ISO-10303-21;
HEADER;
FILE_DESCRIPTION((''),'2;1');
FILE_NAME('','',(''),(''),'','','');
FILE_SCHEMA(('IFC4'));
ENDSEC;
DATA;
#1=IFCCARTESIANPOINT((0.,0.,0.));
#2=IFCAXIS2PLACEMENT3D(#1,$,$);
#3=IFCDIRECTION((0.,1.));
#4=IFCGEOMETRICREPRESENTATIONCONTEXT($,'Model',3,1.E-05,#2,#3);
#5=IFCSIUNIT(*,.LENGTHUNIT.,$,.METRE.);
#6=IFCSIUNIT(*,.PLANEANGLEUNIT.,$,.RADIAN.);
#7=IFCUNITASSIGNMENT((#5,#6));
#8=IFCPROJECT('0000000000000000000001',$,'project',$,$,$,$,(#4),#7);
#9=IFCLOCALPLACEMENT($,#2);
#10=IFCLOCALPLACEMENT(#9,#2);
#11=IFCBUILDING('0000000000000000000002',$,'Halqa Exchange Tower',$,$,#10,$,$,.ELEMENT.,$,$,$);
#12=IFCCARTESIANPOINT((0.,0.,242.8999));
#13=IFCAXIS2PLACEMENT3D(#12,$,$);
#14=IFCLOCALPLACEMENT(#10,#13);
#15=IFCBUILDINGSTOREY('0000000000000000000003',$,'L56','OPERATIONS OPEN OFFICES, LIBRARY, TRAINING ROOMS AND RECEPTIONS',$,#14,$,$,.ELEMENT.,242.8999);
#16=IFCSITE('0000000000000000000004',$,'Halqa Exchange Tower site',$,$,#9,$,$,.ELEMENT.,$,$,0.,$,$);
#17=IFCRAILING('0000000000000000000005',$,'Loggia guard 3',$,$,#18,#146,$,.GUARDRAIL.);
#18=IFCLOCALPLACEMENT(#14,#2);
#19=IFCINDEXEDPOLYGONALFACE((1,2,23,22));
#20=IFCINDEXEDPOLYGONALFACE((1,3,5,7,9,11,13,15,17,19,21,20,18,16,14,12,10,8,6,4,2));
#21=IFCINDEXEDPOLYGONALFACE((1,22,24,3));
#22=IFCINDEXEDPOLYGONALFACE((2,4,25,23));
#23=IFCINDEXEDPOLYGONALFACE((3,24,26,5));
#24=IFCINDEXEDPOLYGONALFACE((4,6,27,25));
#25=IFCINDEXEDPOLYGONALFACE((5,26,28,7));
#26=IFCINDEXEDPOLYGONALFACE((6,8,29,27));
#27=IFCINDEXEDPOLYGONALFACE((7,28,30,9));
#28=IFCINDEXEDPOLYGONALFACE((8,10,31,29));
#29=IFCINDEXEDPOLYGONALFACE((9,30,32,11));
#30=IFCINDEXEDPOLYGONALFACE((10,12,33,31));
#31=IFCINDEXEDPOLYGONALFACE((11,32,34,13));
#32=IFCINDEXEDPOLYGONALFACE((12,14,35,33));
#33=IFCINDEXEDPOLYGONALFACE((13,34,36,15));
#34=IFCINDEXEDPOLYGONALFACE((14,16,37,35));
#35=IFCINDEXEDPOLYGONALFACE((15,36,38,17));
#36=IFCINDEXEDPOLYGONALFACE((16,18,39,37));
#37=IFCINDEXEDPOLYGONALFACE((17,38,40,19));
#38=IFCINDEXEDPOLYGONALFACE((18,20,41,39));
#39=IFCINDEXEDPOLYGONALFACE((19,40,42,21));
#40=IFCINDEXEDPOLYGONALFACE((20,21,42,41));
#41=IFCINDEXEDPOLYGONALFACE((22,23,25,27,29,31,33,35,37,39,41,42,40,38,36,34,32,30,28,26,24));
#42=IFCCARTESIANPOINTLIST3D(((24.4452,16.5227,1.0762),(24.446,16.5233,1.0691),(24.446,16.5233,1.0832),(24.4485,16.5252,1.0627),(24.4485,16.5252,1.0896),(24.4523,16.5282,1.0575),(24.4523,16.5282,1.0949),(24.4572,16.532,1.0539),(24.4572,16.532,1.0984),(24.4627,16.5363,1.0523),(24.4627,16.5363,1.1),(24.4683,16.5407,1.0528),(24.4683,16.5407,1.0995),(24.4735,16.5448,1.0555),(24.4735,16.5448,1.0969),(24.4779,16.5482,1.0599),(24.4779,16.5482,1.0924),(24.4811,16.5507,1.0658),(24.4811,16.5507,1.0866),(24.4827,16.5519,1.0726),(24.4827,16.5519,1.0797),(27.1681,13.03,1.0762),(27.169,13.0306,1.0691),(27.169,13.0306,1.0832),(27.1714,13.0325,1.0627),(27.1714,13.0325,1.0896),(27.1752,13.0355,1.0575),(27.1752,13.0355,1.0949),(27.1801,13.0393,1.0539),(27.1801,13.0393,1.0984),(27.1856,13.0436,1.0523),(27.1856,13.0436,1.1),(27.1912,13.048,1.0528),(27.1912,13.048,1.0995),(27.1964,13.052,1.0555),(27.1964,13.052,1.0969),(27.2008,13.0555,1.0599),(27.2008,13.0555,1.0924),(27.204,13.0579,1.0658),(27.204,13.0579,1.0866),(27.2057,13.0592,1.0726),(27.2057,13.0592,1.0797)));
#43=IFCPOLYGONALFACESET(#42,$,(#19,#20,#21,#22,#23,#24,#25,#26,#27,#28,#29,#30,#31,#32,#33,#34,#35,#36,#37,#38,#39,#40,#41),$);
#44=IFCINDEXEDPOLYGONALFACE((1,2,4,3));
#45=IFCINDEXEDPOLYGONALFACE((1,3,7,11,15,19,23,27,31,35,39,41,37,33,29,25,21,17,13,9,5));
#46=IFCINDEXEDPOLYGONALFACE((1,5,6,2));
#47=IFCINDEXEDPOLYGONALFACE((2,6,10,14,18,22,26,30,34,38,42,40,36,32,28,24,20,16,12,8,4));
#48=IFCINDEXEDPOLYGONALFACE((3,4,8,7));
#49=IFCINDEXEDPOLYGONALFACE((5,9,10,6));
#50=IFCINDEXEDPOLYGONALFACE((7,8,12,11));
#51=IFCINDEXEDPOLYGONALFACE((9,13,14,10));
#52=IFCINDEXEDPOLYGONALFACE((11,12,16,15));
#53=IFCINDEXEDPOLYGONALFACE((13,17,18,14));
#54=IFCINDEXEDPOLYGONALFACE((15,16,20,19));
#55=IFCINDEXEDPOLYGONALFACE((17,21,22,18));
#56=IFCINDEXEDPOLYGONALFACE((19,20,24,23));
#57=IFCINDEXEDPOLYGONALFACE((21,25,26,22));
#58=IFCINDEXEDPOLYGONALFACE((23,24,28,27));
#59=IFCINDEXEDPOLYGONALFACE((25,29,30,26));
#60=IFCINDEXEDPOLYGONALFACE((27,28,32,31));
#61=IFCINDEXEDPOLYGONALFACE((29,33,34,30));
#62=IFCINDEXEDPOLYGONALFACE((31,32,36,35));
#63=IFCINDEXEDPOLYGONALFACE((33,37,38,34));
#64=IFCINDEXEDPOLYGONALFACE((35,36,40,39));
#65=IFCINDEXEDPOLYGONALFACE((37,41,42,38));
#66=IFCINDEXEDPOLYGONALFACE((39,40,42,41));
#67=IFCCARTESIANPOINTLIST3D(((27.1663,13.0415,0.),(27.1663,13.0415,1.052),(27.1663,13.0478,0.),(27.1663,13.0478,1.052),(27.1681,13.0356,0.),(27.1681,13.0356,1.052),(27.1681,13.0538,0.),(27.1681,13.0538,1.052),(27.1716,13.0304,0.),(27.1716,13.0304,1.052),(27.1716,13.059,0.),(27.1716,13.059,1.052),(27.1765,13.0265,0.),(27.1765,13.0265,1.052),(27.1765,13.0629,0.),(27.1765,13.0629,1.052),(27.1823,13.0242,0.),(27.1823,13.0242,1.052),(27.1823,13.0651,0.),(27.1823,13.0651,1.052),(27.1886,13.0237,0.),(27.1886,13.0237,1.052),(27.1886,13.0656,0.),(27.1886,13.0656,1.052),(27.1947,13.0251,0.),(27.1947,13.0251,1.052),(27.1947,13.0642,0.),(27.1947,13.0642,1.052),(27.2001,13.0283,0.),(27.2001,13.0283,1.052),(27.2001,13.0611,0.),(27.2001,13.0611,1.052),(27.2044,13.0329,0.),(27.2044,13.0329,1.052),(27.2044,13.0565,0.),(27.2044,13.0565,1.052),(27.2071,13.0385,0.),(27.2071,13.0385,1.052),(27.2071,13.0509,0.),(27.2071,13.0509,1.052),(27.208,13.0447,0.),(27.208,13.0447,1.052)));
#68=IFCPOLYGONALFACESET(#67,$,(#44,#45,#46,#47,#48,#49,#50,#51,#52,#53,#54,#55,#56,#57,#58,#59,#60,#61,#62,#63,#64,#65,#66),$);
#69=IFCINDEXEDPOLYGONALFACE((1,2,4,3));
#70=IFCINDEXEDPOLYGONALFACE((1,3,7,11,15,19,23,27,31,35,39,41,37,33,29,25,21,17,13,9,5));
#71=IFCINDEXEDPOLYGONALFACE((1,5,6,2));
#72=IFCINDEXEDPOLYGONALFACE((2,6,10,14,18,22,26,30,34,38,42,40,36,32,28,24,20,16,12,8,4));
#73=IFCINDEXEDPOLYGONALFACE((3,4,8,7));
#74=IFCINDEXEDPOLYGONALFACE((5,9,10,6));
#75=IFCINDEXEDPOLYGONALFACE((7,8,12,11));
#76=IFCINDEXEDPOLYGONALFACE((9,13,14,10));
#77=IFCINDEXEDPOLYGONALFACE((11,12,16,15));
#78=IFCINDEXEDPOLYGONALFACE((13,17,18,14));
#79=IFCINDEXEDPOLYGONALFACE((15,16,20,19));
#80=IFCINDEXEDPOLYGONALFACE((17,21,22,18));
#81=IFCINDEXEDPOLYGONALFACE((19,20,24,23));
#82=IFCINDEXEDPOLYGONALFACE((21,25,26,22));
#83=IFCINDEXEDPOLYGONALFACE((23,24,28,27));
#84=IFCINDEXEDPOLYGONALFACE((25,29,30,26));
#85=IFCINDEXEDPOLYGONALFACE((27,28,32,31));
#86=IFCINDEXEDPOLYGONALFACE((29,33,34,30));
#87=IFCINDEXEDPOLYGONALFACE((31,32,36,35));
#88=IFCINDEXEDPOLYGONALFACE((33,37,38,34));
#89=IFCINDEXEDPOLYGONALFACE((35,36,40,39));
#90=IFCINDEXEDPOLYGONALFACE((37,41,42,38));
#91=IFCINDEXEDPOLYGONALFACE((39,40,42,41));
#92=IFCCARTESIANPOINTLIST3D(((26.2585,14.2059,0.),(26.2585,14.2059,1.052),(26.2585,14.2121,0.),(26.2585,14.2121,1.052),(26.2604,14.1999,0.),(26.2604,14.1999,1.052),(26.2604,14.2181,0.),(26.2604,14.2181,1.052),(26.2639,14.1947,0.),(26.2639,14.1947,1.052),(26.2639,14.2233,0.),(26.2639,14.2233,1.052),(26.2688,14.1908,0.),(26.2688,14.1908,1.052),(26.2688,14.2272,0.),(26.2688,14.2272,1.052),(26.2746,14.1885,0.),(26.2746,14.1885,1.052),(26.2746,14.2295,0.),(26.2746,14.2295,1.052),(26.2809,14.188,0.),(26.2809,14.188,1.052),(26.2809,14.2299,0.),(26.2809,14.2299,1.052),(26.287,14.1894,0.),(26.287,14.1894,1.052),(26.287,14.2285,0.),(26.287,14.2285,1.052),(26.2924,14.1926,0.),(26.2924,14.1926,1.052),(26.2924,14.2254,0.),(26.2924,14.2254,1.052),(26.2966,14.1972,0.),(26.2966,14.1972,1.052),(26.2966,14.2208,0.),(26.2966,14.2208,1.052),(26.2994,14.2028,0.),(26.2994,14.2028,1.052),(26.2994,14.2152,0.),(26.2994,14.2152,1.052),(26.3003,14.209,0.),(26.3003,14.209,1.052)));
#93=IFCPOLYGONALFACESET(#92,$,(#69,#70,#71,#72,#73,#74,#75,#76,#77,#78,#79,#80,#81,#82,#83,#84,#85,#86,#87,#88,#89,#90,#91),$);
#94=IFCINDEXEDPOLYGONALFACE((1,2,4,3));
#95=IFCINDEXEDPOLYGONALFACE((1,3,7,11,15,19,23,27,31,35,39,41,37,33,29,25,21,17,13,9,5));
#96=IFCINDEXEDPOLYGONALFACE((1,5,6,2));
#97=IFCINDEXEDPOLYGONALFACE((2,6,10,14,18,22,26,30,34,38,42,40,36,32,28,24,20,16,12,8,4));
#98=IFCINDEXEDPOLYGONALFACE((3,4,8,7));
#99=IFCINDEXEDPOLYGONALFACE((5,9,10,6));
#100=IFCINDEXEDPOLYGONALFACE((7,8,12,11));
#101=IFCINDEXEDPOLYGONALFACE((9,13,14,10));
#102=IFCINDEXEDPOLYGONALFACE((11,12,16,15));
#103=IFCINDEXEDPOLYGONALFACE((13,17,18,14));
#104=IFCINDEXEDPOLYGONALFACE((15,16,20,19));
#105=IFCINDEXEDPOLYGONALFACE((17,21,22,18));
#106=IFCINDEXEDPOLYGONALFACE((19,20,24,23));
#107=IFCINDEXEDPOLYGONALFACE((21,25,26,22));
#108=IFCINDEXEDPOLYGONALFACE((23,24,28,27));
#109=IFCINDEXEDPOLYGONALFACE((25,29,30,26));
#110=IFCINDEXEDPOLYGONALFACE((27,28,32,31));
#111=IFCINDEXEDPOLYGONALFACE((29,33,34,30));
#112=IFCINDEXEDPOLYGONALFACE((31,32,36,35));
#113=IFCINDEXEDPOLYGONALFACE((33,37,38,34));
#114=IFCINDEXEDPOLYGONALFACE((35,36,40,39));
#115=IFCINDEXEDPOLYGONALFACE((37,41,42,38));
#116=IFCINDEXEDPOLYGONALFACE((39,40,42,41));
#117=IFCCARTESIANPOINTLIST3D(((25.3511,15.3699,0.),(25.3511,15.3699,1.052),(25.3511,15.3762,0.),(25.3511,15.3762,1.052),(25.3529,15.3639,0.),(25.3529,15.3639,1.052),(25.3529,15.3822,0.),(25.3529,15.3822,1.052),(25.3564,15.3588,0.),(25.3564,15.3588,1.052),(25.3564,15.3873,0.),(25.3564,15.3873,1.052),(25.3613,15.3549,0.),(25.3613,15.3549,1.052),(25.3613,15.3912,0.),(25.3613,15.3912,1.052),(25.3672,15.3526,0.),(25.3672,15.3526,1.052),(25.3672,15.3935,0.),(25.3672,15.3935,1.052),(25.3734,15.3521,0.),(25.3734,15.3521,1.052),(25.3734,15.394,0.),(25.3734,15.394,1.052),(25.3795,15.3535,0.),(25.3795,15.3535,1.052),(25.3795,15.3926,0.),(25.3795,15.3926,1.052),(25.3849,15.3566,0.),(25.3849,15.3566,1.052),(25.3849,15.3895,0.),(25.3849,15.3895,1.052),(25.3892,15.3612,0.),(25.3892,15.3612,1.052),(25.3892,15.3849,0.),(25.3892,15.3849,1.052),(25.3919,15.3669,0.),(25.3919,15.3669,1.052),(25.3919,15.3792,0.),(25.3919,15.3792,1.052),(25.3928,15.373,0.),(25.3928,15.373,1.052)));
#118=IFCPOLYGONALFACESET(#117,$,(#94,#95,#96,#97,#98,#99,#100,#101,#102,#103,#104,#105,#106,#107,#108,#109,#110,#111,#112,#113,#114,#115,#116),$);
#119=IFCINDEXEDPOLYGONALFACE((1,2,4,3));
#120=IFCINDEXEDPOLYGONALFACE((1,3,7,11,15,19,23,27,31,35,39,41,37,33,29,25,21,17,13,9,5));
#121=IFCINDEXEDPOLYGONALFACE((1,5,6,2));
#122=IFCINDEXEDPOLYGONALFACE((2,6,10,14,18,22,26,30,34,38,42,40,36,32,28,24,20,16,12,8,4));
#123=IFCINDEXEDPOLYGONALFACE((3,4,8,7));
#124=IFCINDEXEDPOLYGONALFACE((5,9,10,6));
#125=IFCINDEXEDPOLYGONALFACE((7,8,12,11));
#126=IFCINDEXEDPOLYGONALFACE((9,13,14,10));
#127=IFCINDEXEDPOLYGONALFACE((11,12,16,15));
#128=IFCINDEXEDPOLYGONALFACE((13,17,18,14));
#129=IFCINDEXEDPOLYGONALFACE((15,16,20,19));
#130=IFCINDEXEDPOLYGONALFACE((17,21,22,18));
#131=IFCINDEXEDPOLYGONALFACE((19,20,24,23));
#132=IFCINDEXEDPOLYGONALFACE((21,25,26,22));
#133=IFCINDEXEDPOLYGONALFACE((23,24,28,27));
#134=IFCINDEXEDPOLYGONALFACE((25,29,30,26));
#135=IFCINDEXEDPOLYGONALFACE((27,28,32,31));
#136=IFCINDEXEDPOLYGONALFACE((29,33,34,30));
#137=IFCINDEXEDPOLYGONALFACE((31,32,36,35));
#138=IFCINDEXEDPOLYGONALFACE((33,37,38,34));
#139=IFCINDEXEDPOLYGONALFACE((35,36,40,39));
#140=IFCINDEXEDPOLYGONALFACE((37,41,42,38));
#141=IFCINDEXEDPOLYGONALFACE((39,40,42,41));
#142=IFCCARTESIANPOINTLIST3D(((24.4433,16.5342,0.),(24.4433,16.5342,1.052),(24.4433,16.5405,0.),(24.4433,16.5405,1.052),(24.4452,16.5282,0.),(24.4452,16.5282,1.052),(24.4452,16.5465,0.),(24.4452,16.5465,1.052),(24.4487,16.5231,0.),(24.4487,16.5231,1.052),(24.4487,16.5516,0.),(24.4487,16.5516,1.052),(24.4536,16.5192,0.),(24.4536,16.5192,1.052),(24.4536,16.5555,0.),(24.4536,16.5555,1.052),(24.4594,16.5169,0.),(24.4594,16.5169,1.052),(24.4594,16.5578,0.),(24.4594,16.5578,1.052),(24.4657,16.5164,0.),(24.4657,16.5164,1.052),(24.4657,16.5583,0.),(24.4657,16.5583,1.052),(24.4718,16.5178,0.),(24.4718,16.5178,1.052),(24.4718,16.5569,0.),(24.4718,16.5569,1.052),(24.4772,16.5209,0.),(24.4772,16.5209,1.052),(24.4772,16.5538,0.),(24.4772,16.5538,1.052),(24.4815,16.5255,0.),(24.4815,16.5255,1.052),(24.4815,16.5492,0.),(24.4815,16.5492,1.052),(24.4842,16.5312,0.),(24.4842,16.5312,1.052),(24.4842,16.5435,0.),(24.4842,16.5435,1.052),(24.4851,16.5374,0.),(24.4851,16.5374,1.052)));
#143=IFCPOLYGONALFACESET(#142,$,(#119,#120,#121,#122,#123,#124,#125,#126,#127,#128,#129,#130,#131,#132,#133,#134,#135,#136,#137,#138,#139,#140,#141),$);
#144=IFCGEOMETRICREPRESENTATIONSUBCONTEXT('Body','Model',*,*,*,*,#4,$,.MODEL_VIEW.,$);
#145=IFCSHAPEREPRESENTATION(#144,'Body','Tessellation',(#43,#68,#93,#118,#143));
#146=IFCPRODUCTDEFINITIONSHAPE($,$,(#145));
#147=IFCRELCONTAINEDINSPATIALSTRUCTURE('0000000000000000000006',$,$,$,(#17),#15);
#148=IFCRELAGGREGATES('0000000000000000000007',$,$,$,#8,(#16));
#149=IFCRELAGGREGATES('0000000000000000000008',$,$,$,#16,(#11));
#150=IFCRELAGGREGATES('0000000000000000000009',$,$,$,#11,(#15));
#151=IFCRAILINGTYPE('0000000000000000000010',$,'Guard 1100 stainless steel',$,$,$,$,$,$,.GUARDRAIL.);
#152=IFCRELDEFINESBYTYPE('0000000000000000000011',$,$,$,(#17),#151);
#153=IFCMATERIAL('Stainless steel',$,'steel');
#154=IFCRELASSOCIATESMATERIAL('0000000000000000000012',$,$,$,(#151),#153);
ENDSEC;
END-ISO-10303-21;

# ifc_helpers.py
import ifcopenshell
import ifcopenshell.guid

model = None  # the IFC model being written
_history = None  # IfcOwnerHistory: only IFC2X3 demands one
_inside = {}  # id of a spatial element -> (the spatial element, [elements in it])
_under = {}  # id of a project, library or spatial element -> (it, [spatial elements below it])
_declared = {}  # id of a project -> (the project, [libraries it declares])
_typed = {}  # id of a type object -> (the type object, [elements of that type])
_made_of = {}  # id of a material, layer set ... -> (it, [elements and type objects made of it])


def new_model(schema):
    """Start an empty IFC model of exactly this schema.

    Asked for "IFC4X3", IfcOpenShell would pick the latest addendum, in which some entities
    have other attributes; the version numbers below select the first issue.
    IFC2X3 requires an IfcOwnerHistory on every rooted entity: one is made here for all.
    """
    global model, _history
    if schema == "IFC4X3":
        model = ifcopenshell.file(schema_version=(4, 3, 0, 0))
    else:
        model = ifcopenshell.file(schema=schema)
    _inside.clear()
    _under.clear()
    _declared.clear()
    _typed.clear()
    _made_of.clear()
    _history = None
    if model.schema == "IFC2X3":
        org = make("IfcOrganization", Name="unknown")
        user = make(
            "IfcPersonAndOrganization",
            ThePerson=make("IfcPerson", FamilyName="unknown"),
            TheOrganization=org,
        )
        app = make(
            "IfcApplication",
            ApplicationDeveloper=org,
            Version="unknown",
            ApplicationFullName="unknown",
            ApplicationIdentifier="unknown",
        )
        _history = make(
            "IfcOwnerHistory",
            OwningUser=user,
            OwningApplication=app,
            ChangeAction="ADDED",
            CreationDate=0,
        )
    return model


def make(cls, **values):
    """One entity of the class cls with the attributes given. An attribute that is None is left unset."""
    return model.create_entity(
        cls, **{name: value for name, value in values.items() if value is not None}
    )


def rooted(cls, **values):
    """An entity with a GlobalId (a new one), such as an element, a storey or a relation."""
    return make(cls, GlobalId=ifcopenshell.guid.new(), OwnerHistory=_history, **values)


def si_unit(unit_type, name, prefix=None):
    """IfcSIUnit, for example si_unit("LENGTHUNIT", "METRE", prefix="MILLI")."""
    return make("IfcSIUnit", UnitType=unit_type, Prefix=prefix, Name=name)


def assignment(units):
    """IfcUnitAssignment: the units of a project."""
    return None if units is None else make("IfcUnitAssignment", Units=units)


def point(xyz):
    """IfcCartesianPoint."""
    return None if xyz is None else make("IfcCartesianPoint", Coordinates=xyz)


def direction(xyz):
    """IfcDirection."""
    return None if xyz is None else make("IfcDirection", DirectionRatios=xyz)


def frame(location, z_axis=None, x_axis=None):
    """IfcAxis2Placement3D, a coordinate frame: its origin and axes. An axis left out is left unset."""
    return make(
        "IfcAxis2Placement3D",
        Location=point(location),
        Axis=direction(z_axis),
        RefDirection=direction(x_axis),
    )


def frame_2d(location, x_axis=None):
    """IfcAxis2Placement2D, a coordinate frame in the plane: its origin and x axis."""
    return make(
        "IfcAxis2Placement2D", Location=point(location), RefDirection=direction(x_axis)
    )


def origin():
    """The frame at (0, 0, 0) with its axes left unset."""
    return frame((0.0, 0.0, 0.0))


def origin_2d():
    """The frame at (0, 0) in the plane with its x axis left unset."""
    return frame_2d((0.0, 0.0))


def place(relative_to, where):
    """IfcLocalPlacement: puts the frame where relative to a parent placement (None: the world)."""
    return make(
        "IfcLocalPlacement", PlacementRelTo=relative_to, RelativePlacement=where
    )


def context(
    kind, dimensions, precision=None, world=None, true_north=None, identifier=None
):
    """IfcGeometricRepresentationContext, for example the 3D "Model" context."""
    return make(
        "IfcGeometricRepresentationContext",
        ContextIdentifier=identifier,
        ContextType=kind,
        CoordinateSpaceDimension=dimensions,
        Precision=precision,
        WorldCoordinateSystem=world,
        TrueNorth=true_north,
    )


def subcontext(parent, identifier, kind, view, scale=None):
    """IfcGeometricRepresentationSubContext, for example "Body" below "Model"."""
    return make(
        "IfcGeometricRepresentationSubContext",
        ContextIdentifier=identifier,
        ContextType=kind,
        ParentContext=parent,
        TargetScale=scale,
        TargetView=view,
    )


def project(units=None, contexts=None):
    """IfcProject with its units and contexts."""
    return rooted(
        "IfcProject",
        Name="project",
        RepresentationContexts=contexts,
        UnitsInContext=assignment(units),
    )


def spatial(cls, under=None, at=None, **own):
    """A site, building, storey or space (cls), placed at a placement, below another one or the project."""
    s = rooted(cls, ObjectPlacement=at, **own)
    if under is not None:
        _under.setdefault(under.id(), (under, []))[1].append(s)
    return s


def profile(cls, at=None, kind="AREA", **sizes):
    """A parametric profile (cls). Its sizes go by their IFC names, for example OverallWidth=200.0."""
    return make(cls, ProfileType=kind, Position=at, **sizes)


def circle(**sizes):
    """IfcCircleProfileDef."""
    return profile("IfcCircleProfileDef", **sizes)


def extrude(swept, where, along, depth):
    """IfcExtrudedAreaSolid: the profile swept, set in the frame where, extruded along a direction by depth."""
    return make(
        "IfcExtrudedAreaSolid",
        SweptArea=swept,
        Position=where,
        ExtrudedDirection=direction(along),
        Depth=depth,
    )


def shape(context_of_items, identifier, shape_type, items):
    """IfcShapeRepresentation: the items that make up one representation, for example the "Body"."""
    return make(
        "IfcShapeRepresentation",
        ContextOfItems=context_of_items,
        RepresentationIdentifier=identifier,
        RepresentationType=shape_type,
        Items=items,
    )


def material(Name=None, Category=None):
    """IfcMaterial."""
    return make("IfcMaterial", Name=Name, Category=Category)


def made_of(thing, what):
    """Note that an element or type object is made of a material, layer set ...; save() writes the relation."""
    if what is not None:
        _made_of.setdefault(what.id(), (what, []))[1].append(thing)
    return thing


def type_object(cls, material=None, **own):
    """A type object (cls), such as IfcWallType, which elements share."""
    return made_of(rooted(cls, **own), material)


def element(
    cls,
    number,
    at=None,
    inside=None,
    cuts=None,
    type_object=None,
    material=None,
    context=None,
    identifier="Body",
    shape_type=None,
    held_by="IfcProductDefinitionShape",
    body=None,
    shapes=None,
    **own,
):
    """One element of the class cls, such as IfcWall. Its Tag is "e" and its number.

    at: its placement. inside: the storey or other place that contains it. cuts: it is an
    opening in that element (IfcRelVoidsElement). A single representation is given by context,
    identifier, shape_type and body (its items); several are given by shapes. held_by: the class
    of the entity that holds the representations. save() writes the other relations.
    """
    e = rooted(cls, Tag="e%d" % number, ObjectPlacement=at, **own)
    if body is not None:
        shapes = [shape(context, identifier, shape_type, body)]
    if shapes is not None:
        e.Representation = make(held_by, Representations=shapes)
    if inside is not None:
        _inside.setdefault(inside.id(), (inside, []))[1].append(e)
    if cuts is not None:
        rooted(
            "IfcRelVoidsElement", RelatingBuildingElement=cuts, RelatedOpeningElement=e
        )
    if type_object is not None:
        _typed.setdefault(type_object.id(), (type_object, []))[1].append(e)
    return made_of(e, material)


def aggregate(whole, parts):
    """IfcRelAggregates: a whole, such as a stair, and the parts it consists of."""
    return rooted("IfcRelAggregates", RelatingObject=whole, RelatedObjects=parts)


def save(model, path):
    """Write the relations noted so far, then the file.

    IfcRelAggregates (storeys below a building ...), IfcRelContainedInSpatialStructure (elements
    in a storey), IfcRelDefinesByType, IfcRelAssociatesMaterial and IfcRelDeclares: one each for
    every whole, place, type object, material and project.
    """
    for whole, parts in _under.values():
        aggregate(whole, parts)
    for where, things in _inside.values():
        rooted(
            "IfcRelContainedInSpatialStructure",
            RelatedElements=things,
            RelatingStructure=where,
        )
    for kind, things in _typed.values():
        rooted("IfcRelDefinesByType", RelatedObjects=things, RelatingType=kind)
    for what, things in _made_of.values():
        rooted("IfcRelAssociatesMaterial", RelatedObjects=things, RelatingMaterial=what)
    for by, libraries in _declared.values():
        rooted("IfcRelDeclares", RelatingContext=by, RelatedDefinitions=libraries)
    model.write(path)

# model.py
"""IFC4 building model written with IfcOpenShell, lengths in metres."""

from ifc_helpers import new_model, si_unit, direction, frame, origin, origin_2d, place, context, subcontext, project, spatial, circle, extrude, material, type_object, element, save


model = new_model("IFC4")

# Units and contexts
model_context = context("Model", 3, precision=1e-05, world=origin(), true_north=direction((0.0, 1.0)))
body_context = subcontext(model_context, "Body", "Model", "MODEL_VIEW")
ifc_project = project(units=[si_unit("LENGTHUNIT", "METRE"), si_unit("PLANEANGLEUNIT", "RADIAN")], contexts=[model_context])

# Site, building, storey
site_placement = place(None, origin())
site = spatial("IfcSite", under=ifc_project, at=site_placement, Name="Halqa Exchange Tower site", CompositionType="ELEMENT", RefElevation=0.0)
building_placement = place(site_placement, origin())
building = spatial("IfcBuilding", under=site, at=building_placement, Name="Halqa Exchange Tower", CompositionType="ELEMENT")
storey_placement = place(building_placement, frame((0.0, 0.0, 242.8999)))
storey = spatial("IfcBuildingStorey", under=building, at=storey_placement, Name="L56", Description="OPERATIONS OPEN OFFICES, LIBRARY, TRAINING ROOMS AND RECEPTIONS", CompositionType="ELEMENT", Elevation=242.8999)

# Railing
ifc_material_1 = material(Name="Stainless steel", Category="steel")
railing_type = type_object("IfcRailingType", Name="Guard 1100 stainless steel", PredefinedType="GUARDRAIL", material=ifc_material_1)
railing_1_placement = place(storey_placement, frame((27.187, 13.0447, 0.0)))
element("IfcRailing", 1, at=railing_1_placement, inside=storey, type_object=railing_type, Name="Loggia guard 3", PredefinedType="GUARDRAIL", context=body_context, shape_type="SweptSolid", body=[
    extrude(circle(Radius=0.0239, at=origin_2d()), frame((0.0, 0.0, 1.0762), z_axis=(-0.614837, 0.788654, 0.0), x_axis=(-0.788654, -0.614837, 0.0)), (0.0, 0.0, 1.0), 4.4287),
    extrude(circle(Radius=0.021, at=origin_2d()), origin(), (0.0, 0.0, 1.0), 1.052),
    extrude(circle(Radius=0.021, at=origin_2d()), frame((-0.9077, 1.1643, 0.0)), (0.0, 0.0, 1.0), 1.052),
    extrude(circle(Radius=0.021, at=origin_2d()), frame((-1.8152, 2.3284, 0.0)), (0.0, 0.0, 1.0), 1.052),
    extrude(circle(Radius=0.021, at=origin_2d()), frame((-2.7229, 3.4927, 0.0)), (0.0, 0.0, 1.0), 1.052),
])

save(model, "model.ifc")
